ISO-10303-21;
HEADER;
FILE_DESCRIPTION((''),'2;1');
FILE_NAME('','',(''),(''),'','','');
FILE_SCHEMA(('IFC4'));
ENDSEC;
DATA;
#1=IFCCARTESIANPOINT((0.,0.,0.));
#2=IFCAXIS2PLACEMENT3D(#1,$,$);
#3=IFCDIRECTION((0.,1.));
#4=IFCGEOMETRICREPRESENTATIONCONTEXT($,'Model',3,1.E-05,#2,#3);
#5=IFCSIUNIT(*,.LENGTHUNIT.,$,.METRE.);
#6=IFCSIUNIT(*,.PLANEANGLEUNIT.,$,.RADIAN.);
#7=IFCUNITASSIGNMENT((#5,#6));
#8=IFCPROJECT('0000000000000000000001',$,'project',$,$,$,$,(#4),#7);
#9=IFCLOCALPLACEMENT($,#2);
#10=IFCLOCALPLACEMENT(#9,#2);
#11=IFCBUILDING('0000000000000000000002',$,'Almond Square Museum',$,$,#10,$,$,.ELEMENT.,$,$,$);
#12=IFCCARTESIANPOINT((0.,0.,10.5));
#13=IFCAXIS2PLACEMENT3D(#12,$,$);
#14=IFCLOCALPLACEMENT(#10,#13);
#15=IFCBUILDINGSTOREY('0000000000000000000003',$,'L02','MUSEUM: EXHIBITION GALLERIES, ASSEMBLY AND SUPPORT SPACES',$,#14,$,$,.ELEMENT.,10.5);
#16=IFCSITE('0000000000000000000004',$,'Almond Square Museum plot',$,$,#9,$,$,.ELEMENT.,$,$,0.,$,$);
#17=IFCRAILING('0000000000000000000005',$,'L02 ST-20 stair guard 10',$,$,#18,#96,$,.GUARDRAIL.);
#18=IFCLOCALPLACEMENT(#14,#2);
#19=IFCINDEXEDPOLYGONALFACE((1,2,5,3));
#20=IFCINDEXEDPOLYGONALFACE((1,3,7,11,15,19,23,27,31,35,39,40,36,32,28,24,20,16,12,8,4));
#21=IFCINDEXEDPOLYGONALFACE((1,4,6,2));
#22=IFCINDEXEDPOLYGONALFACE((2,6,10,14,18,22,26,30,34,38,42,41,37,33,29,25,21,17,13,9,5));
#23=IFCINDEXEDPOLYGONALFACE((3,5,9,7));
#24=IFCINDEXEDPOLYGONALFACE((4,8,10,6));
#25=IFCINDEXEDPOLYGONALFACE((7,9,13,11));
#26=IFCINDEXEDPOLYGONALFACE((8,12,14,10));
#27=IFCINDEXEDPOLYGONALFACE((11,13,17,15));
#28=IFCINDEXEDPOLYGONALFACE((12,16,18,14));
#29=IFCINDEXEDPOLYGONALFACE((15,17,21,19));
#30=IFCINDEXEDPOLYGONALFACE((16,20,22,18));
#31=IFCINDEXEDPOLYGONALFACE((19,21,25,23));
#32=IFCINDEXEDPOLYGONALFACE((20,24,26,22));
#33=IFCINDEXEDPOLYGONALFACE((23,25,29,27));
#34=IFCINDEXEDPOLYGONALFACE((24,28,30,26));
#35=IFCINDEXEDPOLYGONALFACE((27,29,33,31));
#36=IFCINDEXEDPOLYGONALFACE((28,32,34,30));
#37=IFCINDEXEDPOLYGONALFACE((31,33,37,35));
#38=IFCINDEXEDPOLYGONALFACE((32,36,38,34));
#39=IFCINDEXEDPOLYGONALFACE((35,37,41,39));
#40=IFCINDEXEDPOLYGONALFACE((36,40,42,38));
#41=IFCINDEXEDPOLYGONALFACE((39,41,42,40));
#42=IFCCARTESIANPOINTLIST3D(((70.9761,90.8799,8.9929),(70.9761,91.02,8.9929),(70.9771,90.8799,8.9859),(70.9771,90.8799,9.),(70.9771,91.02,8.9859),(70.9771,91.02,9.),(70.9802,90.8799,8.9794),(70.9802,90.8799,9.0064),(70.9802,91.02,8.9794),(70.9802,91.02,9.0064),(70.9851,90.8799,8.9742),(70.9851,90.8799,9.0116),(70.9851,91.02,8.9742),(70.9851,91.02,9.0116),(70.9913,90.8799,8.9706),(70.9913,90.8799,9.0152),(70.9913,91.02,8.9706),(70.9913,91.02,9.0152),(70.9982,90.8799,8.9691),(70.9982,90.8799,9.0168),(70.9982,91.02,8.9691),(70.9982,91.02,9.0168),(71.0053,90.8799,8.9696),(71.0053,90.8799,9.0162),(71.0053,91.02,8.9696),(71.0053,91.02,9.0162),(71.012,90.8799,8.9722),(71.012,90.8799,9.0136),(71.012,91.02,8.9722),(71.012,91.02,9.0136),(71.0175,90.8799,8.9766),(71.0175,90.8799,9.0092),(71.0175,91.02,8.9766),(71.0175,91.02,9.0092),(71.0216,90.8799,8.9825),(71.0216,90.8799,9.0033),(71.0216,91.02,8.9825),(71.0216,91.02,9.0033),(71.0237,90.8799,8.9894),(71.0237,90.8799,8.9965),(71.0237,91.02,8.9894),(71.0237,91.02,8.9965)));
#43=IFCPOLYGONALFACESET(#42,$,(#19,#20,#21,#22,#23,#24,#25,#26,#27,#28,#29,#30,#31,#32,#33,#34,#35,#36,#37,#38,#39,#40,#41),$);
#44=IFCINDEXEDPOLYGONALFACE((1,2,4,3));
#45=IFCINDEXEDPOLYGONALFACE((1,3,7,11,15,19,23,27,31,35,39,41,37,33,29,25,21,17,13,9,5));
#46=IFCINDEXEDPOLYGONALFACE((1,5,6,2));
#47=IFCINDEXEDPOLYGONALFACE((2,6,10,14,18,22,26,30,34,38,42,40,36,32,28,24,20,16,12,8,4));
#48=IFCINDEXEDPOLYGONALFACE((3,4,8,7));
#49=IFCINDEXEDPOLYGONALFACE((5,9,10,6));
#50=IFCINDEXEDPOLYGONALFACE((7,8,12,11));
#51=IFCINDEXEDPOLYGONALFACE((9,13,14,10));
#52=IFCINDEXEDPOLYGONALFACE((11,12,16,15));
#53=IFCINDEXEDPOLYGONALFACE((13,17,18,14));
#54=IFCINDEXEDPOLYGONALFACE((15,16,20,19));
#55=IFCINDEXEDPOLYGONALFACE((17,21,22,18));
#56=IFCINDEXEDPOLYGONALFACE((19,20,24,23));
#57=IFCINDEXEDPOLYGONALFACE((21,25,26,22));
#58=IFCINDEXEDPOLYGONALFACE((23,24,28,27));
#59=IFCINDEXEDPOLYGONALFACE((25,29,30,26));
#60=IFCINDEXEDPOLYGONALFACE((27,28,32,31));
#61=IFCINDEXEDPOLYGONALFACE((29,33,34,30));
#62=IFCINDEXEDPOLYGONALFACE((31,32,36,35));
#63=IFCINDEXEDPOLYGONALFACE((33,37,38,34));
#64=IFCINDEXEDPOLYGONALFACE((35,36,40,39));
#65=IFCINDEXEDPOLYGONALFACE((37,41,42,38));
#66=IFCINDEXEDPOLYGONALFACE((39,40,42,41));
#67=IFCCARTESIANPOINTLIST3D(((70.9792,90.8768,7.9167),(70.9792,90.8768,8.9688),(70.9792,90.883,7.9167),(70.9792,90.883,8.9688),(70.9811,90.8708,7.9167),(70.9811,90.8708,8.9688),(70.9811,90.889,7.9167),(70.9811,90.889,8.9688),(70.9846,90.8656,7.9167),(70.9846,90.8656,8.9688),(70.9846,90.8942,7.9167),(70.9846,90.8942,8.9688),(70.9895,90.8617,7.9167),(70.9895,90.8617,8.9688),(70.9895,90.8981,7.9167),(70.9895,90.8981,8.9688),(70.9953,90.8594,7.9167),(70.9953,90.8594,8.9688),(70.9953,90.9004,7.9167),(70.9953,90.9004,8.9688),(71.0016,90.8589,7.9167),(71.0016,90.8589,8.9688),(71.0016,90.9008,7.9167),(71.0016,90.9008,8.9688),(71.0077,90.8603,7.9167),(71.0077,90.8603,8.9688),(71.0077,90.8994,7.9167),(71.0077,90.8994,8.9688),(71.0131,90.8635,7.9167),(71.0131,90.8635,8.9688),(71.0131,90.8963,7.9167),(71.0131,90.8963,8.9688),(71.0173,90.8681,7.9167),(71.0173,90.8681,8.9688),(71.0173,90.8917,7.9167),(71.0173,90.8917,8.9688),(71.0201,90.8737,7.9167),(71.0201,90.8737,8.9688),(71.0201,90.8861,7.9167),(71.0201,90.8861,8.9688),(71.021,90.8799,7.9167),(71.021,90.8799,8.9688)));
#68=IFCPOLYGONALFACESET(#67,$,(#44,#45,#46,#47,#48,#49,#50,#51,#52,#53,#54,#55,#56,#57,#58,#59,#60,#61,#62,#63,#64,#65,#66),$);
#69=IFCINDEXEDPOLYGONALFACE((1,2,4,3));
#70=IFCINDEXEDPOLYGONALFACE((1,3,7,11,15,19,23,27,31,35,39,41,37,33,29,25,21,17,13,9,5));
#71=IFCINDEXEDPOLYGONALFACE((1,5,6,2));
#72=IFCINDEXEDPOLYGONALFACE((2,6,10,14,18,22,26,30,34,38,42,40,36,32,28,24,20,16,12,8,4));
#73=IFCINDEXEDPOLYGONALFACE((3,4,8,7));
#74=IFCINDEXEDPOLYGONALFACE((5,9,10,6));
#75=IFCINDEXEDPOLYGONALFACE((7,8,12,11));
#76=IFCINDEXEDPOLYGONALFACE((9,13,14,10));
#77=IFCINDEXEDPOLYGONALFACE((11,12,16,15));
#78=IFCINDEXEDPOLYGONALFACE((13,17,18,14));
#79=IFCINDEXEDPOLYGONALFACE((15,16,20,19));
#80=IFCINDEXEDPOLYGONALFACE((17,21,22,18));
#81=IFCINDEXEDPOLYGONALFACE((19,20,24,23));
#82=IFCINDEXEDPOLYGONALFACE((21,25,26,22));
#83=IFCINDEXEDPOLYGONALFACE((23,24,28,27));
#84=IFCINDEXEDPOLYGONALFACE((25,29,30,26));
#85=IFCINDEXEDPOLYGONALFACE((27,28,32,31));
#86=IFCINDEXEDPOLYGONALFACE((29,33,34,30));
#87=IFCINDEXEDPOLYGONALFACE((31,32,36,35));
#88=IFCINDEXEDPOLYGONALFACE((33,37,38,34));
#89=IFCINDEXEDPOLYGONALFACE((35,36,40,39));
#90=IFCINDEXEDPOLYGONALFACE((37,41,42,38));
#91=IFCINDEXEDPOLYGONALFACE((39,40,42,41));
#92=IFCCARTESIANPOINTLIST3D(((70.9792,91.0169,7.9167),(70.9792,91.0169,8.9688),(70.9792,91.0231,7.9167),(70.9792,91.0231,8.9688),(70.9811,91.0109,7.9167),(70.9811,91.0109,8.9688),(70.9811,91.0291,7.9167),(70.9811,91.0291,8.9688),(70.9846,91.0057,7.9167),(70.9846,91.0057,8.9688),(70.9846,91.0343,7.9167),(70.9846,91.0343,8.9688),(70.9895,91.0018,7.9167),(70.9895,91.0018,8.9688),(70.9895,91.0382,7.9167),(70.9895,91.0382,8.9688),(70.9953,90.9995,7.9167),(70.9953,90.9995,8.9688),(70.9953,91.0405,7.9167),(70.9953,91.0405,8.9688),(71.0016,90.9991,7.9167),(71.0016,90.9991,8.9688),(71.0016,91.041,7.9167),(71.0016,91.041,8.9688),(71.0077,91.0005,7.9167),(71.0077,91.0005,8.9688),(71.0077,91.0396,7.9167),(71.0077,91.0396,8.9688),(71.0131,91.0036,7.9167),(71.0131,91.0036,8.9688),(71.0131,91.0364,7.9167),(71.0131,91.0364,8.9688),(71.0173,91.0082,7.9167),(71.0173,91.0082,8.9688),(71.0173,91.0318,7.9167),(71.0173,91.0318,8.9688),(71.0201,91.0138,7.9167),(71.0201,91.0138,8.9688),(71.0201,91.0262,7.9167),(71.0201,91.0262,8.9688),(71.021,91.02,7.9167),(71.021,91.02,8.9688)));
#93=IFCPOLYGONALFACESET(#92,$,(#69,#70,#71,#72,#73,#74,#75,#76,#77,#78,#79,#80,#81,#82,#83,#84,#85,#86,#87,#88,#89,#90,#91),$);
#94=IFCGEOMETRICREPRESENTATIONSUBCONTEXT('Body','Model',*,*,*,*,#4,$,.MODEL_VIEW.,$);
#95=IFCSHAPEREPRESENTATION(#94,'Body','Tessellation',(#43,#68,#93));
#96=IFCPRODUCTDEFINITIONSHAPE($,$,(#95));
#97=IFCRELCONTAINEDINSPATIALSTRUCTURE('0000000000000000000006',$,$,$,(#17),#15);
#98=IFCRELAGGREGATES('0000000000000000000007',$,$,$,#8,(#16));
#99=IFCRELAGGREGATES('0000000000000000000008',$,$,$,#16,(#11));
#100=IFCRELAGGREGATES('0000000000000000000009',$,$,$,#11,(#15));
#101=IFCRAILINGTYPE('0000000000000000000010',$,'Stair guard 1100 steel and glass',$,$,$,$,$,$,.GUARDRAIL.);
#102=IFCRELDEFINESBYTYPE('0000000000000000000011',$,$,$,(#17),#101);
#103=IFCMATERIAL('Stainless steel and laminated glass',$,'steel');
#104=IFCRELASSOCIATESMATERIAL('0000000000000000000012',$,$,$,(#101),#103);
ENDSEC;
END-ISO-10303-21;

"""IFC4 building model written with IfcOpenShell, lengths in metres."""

from ifc_helpers import new_model, si_unit, direction, frame, origin, origin_2d, place, context, subcontext, project, spatial, circle, extrude, material, type_object, element, save


model = new_model("IFC4")

# Units and contexts
model_context = context("Model", 3, precision=1e-05, world=origin(), true_north=direction((0.0, 1.0)))
body_context = subcontext(model_context, "Body", "Model", "MODEL_VIEW")
ifc_project = project(units=[si_unit("LENGTHUNIT", "METRE"), si_unit("PLANEANGLEUNIT", "RADIAN")], contexts=[model_context])

# Site, building, storey
site_placement = place(None, origin())
site = spatial("IfcSite", under=ifc_project, at=site_placement, Name="Almond Square Museum plot", CompositionType="ELEMENT", RefElevation=0.0)
building_placement = place(site_placement, origin())
building = spatial("IfcBuilding", under=site, at=building_placement, Name="Almond Square Museum", CompositionType="ELEMENT")
storey_placement = place(building_placement, frame((0.0, 0.0, 10.5)))
storey = spatial("IfcBuildingStorey", under=building, at=storey_placement, Name="L02", Description="MUSEUM: EXHIBITION GALLERIES, ASSEMBLY AND SUPPORT SPACES", CompositionType="ELEMENT", Elevation=10.5)

# Railing
ifc_material_1 = material(Name="Stainless steel and laminated glass", Category="steel")
railing_type_1 = type_object("IfcRailingType", Name="Stair guard 1100 steel and glass", PredefinedType="GUARDRAIL", material=ifc_material_1)
railing_1_placement = place(storey_placement, frame((71.0, 90.8799, 7.9167)))
element("IfcRailing", 1, at=railing_1_placement, inside=storey, type_object=railing_type_1, Name="L02 ST-20 stair guard 10", PredefinedType="GUARDRAIL", context=body_context, shape_type="SweptSolid", body=[
    extrude(circle(Radius=0.0239, at=origin_2d()), frame((0.0, 0.0, 1.0762), z_axis=(0.0, 1.0, 0.0), x_axis=(-1.0, 0.0, 0.0)), (0.0, 0.0, 1.0), 0.1401),
    extrude(circle(Radius=0.021, at=origin_2d()), origin(), (0.0, 0.0, 1.0), 1.052),
    extrude(circle(Radius=0.021, at=origin_2d()), frame((0.0, 0.1401, 0.0)), (0.0, 0.0, 1.0), 1.052),
])

save(model, "model.ifc")
